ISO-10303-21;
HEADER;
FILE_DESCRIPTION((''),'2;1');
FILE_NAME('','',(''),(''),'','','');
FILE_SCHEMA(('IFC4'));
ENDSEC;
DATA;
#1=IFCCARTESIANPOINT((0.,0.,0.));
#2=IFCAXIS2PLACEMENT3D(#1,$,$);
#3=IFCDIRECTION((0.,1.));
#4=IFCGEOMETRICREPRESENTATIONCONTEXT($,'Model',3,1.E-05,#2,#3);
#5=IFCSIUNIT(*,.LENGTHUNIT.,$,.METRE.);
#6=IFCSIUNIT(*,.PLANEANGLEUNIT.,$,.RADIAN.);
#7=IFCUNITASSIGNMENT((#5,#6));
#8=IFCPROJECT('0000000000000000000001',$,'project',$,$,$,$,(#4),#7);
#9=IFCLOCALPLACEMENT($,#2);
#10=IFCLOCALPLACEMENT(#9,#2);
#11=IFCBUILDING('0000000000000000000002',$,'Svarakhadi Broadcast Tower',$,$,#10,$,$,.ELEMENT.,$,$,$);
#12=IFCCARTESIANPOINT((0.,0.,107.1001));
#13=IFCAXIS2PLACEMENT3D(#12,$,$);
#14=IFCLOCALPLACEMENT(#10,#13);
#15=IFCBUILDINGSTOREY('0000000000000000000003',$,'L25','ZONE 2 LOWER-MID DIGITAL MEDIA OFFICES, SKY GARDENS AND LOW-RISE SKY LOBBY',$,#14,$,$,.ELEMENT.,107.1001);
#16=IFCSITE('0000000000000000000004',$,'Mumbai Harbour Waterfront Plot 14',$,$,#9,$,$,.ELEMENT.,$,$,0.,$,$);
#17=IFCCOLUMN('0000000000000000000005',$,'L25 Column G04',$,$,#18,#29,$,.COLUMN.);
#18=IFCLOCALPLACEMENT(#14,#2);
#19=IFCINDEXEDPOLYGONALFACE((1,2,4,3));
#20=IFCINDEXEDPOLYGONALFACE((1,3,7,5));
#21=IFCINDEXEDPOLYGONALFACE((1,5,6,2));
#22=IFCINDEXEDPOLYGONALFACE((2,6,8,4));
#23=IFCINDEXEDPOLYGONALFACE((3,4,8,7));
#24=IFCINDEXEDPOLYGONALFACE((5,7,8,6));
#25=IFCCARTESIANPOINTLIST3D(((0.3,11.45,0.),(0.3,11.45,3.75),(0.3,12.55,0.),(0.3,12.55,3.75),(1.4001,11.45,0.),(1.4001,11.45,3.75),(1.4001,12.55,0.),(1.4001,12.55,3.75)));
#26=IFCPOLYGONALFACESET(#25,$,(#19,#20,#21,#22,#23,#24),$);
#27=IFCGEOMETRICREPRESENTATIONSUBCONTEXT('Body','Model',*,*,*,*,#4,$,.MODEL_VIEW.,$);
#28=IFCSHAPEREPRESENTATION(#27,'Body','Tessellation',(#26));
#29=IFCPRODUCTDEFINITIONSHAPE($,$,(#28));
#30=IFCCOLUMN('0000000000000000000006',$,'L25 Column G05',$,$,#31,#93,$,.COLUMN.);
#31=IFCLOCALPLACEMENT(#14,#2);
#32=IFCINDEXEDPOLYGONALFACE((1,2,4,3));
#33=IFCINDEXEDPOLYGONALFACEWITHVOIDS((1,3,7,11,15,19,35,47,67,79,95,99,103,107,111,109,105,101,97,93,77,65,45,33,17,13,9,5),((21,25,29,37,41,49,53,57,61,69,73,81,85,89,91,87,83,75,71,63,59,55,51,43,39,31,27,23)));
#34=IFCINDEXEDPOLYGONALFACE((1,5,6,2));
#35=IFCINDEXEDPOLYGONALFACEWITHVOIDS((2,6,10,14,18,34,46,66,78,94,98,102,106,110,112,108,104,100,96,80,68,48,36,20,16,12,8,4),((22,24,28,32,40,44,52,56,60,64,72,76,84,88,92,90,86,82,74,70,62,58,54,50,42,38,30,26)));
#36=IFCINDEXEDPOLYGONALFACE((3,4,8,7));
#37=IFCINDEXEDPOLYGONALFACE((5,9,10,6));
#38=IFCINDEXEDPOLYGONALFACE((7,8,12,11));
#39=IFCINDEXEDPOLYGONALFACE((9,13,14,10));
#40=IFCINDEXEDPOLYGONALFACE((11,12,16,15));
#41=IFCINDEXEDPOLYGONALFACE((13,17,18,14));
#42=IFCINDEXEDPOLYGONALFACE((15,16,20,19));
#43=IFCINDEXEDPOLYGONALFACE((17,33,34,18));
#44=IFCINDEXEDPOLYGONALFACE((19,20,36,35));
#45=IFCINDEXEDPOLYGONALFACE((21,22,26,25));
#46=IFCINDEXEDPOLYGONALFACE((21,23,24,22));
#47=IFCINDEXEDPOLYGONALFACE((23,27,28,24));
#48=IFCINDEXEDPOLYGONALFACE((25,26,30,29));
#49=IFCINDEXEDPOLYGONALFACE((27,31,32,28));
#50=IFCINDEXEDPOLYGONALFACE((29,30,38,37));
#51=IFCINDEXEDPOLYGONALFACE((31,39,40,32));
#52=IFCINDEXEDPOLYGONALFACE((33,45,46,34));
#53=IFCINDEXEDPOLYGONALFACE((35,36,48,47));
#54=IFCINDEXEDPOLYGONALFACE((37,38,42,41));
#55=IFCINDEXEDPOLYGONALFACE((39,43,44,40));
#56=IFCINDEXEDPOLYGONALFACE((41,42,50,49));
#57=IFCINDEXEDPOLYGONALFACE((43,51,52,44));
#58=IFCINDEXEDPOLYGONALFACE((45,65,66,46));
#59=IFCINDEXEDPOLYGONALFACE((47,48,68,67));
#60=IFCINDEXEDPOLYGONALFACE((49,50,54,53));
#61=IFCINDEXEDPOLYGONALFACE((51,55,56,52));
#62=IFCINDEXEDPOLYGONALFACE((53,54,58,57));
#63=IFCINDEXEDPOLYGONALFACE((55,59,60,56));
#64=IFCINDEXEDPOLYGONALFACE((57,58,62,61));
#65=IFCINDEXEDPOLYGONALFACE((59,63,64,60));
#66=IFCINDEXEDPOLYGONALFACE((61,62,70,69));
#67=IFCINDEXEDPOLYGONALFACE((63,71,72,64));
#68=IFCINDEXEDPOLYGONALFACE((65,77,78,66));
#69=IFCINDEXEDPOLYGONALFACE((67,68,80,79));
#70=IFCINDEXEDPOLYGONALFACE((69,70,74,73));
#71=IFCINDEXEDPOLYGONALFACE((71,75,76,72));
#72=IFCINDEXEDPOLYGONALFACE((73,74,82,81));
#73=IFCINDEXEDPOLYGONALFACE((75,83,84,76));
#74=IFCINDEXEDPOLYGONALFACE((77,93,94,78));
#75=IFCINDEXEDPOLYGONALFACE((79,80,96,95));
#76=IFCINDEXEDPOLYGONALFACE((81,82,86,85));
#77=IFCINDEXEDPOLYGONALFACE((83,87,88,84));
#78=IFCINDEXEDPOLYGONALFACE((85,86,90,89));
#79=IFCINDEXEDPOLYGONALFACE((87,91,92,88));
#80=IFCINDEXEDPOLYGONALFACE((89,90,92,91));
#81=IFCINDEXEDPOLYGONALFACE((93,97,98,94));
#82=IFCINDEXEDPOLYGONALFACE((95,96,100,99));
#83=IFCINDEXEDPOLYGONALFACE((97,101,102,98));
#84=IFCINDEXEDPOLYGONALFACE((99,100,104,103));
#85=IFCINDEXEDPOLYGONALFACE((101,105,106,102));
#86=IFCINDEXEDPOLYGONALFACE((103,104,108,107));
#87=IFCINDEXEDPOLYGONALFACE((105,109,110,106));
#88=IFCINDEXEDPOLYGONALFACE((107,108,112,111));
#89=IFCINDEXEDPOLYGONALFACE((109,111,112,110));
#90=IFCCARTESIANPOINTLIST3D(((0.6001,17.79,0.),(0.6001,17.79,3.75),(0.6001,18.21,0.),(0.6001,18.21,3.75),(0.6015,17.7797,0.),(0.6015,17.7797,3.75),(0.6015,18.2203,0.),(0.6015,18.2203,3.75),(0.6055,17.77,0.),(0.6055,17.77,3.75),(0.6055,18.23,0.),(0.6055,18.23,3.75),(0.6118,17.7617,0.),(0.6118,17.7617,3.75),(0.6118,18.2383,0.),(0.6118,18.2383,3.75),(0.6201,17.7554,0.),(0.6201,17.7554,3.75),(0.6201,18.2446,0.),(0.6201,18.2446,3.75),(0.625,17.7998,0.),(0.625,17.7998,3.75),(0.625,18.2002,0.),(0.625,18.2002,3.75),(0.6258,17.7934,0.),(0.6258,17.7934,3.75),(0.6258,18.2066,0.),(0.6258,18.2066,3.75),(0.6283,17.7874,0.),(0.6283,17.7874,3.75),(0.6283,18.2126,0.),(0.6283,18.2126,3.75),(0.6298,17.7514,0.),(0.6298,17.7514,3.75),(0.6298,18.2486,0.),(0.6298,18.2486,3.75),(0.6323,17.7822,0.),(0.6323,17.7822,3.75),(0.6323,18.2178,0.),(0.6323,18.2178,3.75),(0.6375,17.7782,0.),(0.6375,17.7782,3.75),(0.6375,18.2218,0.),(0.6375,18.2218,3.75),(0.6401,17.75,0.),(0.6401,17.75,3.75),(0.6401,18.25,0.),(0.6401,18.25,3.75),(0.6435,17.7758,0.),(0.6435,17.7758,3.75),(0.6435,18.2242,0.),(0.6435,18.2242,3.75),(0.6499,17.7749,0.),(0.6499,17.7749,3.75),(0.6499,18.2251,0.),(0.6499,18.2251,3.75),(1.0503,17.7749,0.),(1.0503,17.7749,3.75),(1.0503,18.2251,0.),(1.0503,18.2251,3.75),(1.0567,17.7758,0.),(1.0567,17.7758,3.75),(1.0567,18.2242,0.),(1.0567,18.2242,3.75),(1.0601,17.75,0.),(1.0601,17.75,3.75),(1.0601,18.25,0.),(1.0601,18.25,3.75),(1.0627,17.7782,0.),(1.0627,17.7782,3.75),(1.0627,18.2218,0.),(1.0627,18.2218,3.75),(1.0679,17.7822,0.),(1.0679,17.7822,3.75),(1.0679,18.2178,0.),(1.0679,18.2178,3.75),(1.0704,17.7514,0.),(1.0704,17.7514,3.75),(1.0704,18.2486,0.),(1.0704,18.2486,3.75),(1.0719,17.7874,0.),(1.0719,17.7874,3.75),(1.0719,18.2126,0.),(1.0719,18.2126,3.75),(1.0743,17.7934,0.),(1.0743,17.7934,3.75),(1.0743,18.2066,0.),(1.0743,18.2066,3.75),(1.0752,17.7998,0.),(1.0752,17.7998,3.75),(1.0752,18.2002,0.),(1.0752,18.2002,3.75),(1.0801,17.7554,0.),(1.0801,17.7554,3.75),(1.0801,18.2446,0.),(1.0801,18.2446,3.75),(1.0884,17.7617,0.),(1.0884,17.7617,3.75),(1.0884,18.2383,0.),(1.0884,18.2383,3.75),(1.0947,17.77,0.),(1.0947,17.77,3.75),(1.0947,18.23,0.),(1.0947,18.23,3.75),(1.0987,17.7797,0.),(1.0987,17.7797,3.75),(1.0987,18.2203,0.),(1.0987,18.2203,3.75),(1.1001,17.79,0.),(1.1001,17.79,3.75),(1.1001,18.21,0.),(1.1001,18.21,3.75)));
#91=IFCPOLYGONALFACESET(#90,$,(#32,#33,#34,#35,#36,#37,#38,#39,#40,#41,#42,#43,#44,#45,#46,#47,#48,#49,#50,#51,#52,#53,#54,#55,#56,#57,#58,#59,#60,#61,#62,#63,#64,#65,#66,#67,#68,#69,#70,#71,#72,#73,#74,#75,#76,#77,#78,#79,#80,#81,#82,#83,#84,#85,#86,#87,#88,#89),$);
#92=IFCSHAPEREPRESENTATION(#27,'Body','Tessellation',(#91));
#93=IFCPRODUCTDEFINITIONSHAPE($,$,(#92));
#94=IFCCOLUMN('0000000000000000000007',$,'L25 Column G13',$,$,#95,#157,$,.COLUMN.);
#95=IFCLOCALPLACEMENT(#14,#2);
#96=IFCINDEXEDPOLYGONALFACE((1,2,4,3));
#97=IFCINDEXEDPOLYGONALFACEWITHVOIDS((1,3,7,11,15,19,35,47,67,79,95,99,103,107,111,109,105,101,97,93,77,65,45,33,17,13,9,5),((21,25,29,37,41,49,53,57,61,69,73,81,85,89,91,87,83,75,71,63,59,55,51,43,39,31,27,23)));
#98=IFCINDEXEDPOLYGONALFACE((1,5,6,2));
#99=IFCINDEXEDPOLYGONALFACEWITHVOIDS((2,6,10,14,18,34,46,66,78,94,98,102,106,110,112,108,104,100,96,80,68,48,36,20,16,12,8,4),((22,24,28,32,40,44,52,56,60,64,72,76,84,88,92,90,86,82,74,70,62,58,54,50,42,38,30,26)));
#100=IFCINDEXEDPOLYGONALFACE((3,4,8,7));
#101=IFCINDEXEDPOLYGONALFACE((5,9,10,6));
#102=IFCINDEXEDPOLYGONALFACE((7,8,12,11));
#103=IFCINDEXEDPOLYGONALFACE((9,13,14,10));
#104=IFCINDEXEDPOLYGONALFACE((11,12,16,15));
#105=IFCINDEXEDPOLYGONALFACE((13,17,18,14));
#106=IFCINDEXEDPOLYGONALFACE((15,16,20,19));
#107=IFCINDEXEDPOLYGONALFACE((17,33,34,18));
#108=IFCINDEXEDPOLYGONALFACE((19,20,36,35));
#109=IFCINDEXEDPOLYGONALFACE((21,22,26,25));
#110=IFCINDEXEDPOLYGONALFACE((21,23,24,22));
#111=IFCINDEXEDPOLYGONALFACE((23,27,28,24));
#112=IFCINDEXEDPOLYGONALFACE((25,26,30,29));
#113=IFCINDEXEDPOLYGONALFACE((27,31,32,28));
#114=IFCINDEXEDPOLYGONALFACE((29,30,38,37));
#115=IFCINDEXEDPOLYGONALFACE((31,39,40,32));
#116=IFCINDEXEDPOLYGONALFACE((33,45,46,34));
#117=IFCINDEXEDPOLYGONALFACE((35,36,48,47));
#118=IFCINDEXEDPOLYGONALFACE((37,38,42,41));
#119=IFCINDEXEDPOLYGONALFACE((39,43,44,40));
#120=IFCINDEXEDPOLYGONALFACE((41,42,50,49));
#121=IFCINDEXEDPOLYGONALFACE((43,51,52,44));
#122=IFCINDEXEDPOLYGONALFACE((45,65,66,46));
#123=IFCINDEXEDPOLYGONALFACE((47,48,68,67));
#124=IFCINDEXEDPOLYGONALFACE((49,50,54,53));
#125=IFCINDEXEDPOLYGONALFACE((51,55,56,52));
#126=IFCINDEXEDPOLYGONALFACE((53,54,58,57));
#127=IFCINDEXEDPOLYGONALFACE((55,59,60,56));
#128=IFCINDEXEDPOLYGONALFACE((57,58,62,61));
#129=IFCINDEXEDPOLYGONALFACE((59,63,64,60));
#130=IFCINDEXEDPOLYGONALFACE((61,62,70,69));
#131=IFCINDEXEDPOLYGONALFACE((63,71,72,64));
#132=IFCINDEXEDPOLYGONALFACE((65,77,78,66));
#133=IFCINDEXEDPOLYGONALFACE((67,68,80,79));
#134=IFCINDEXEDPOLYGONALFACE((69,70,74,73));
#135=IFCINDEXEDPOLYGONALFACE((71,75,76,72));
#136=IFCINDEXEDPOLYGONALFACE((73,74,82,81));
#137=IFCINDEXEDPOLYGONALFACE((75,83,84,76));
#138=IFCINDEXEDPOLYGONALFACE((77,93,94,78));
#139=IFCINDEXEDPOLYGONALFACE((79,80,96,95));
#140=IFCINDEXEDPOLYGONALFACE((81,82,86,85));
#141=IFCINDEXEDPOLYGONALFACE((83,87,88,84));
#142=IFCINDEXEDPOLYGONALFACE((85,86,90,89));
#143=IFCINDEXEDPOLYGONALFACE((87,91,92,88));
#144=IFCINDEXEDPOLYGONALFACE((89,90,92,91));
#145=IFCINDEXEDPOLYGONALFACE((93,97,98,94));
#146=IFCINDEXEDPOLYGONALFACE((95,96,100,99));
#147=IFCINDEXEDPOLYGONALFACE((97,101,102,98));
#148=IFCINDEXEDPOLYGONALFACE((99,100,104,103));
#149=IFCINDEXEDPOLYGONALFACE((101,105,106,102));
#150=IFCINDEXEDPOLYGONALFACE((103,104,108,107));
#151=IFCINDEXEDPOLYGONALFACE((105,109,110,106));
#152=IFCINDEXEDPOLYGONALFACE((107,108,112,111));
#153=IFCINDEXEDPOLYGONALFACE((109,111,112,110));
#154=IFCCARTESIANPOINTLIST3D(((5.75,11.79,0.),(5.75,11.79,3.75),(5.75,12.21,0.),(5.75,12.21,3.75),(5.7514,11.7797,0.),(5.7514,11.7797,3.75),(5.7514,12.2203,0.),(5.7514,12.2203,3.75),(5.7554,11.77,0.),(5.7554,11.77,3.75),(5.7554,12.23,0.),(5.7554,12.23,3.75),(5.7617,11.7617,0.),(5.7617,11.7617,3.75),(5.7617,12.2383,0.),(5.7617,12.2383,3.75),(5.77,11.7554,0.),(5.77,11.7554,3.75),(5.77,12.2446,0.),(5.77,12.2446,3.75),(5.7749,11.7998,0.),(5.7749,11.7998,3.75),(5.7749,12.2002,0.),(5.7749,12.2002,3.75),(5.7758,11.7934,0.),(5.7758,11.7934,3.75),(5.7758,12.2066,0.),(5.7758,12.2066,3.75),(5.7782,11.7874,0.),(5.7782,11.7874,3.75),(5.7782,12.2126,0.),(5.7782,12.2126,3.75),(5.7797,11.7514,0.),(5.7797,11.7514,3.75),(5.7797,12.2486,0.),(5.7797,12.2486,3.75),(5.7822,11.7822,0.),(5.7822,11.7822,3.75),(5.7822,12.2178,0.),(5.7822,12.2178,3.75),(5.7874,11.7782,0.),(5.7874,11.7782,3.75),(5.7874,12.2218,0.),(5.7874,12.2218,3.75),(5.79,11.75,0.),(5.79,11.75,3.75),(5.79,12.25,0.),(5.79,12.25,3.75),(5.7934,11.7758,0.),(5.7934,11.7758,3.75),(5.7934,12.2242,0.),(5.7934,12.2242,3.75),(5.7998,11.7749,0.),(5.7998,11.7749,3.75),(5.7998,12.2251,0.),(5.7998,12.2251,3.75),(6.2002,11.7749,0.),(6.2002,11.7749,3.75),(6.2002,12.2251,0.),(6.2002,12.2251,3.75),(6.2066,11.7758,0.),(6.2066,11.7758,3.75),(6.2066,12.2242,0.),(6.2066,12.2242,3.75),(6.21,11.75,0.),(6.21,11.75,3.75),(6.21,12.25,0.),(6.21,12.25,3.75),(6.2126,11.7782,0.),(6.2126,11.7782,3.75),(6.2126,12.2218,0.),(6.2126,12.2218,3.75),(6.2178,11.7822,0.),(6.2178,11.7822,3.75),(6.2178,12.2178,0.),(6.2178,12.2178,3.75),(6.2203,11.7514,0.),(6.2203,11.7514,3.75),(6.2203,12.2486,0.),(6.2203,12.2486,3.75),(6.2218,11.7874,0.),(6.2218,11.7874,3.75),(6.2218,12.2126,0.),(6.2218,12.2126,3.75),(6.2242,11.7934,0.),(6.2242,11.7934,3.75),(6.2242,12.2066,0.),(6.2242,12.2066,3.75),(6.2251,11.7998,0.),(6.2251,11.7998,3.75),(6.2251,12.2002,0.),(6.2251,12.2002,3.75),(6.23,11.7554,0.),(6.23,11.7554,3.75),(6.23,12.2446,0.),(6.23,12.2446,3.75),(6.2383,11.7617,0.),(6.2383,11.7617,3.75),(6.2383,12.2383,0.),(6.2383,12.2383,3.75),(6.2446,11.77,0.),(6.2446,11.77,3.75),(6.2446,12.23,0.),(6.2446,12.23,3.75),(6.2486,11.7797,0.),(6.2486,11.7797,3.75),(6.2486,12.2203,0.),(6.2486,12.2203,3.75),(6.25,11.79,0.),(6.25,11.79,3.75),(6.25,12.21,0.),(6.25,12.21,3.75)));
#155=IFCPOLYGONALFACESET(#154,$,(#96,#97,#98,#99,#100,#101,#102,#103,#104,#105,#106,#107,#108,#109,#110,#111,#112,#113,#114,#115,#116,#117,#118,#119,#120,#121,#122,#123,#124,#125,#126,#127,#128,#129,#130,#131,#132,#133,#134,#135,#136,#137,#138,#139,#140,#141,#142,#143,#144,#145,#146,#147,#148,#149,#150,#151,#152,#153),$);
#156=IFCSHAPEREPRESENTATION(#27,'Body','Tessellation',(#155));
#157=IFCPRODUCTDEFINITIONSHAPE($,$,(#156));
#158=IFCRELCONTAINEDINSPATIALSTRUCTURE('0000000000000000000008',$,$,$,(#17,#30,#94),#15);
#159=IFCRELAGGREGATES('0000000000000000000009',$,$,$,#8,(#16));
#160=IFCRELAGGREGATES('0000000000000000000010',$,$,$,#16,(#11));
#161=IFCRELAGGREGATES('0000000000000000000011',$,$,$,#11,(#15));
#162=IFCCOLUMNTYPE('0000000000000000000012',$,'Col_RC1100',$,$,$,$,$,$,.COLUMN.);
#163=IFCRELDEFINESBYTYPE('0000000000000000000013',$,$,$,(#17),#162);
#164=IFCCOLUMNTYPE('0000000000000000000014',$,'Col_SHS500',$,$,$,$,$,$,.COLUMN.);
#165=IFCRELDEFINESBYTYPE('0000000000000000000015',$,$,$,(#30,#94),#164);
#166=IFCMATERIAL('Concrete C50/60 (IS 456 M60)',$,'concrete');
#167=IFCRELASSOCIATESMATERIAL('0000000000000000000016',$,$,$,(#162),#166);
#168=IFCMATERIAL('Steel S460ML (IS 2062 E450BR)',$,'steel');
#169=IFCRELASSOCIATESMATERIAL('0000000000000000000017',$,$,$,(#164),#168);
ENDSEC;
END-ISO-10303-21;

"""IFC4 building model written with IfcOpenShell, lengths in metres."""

from ifc_helpers import new_model, si_unit, direction, frame, origin, origin_2d, place, context, subcontext, project, spatial, rectangle, hollow_rectangle, extrude, material, material_profile, profile_set, type_object, element, save


model = new_model("IFC4")

# Units and contexts
model_context = context("Model", 3, precision=1e-05, world=origin(), true_north=direction((0.0, 1.0)))
body_context = subcontext(model_context, "Body", "Model", "MODEL_VIEW")
ifc_project = project(units=[si_unit("LENGTHUNIT", "METRE"), si_unit("PLANEANGLEUNIT", "RADIAN")], contexts=[model_context])

# Site, building, storey
site_placement = place(None, origin())
site = spatial("IfcSite", under=ifc_project, at=site_placement, Name="Mumbai Harbour Waterfront Plot 14", CompositionType="ELEMENT", RefElevation=0.0)
building_placement = place(site_placement, origin())
building = spatial("IfcBuilding", under=site, at=building_placement, Name="Svarakhadi Broadcast Tower", CompositionType="ELEMENT")
storey_placement = place(building_placement, frame((0.0, 0.0, 107.1001)))
storey = spatial("IfcBuildingStorey", under=building, at=storey_placement, Name="L25", Description="ZONE 2 LOWER-MID DIGITAL MEDIA OFFICES, SKY GARDENS AND LOW-RISE SKY LOBBY", CompositionType="ELEMENT", Elevation=107.1001)

# Columns
ifc_material_1 = material(Name="Concrete C50/60 (IS 456 M60)", Category="concrete")
ifc_material_profile_1 = material_profile(ifc_material_1, rectangle(XDim=1.1001, YDim=1.1001, at=origin_2d()), Name="RC 1100x1100")
ifc_profile_set_1 = profile_set([ifc_material_profile_1], Name="Concrete C50/60 (IS 456 M60)")
column_type_1 = type_object("IfcColumnType", Name="Col_RC1100", PredefinedType="COLUMN", material=ifc_profile_set_1)
column_placement = place(storey_placement, frame((0.8501, 12.0, 0.0), z_axis=(0.0, 0.0, 1.0), x_axis=(1.0, 0.0, 0.0)))
element("IfcColumn", 1, at=column_placement, inside=storey, type_object=column_type_1, Name="L25 Column G04", PredefinedType="COLUMN", context=body_context, shape_type="SweptSolid", body=[
    extrude(rectangle(XDim=1.1001, YDim=1.1001, at=origin_2d()), origin(), (0.0, 0.0, 1.0), 3.75),
])
ifc_material_2 = material(Name="Steel S460ML (IS 2062 E450BR)", Category="steel")
ifc_material_profile_2 = material_profile(ifc_material_2, hollow_rectangle(XDim=0.5, YDim=0.5, WallThickness=0.0249, InnerFilletRadius=0.0249, OuterFilletRadius=0.04, at=origin_2d()), Name="SHS 500x500x25")
ifc_profile_set_2 = profile_set([ifc_material_profile_2], Name="Steel S460ML (IS 2062 E450BR)")
column_type_2 = type_object("IfcColumnType", Name="Col_SHS500", PredefinedType="COLUMN", material=ifc_profile_set_2)
for number, where, z_axis, x_axis, name in (
    (2, (0.8501, 18.0, 0.0), (0.0, 0.0, 1.0), (1.0, 0.0, 0.0), "L25 Column G05"),
    (3, (6.0, 12.0, 0.0), (0.0, 0.0, 1.0), (1.0, 0.0, 0.0), "L25 Column G13"),
):
    element("IfcColumn", number, at=place(storey_placement, frame(where, z_axis=z_axis, x_axis=x_axis)), inside=storey, type_object=column_type_2, Name=name, PredefinedType="COLUMN", context=body_context, shape_type="SweptSolid", body=[
        extrude(hollow_rectangle(XDim=0.5, YDim=0.5, WallThickness=0.0249, InnerFilletRadius=0.0249, OuterFilletRadius=0.04, at=origin_2d()), origin(), (0.0, 0.0, 1.0), 3.75),
    ])

save(model, "model.ifc")
